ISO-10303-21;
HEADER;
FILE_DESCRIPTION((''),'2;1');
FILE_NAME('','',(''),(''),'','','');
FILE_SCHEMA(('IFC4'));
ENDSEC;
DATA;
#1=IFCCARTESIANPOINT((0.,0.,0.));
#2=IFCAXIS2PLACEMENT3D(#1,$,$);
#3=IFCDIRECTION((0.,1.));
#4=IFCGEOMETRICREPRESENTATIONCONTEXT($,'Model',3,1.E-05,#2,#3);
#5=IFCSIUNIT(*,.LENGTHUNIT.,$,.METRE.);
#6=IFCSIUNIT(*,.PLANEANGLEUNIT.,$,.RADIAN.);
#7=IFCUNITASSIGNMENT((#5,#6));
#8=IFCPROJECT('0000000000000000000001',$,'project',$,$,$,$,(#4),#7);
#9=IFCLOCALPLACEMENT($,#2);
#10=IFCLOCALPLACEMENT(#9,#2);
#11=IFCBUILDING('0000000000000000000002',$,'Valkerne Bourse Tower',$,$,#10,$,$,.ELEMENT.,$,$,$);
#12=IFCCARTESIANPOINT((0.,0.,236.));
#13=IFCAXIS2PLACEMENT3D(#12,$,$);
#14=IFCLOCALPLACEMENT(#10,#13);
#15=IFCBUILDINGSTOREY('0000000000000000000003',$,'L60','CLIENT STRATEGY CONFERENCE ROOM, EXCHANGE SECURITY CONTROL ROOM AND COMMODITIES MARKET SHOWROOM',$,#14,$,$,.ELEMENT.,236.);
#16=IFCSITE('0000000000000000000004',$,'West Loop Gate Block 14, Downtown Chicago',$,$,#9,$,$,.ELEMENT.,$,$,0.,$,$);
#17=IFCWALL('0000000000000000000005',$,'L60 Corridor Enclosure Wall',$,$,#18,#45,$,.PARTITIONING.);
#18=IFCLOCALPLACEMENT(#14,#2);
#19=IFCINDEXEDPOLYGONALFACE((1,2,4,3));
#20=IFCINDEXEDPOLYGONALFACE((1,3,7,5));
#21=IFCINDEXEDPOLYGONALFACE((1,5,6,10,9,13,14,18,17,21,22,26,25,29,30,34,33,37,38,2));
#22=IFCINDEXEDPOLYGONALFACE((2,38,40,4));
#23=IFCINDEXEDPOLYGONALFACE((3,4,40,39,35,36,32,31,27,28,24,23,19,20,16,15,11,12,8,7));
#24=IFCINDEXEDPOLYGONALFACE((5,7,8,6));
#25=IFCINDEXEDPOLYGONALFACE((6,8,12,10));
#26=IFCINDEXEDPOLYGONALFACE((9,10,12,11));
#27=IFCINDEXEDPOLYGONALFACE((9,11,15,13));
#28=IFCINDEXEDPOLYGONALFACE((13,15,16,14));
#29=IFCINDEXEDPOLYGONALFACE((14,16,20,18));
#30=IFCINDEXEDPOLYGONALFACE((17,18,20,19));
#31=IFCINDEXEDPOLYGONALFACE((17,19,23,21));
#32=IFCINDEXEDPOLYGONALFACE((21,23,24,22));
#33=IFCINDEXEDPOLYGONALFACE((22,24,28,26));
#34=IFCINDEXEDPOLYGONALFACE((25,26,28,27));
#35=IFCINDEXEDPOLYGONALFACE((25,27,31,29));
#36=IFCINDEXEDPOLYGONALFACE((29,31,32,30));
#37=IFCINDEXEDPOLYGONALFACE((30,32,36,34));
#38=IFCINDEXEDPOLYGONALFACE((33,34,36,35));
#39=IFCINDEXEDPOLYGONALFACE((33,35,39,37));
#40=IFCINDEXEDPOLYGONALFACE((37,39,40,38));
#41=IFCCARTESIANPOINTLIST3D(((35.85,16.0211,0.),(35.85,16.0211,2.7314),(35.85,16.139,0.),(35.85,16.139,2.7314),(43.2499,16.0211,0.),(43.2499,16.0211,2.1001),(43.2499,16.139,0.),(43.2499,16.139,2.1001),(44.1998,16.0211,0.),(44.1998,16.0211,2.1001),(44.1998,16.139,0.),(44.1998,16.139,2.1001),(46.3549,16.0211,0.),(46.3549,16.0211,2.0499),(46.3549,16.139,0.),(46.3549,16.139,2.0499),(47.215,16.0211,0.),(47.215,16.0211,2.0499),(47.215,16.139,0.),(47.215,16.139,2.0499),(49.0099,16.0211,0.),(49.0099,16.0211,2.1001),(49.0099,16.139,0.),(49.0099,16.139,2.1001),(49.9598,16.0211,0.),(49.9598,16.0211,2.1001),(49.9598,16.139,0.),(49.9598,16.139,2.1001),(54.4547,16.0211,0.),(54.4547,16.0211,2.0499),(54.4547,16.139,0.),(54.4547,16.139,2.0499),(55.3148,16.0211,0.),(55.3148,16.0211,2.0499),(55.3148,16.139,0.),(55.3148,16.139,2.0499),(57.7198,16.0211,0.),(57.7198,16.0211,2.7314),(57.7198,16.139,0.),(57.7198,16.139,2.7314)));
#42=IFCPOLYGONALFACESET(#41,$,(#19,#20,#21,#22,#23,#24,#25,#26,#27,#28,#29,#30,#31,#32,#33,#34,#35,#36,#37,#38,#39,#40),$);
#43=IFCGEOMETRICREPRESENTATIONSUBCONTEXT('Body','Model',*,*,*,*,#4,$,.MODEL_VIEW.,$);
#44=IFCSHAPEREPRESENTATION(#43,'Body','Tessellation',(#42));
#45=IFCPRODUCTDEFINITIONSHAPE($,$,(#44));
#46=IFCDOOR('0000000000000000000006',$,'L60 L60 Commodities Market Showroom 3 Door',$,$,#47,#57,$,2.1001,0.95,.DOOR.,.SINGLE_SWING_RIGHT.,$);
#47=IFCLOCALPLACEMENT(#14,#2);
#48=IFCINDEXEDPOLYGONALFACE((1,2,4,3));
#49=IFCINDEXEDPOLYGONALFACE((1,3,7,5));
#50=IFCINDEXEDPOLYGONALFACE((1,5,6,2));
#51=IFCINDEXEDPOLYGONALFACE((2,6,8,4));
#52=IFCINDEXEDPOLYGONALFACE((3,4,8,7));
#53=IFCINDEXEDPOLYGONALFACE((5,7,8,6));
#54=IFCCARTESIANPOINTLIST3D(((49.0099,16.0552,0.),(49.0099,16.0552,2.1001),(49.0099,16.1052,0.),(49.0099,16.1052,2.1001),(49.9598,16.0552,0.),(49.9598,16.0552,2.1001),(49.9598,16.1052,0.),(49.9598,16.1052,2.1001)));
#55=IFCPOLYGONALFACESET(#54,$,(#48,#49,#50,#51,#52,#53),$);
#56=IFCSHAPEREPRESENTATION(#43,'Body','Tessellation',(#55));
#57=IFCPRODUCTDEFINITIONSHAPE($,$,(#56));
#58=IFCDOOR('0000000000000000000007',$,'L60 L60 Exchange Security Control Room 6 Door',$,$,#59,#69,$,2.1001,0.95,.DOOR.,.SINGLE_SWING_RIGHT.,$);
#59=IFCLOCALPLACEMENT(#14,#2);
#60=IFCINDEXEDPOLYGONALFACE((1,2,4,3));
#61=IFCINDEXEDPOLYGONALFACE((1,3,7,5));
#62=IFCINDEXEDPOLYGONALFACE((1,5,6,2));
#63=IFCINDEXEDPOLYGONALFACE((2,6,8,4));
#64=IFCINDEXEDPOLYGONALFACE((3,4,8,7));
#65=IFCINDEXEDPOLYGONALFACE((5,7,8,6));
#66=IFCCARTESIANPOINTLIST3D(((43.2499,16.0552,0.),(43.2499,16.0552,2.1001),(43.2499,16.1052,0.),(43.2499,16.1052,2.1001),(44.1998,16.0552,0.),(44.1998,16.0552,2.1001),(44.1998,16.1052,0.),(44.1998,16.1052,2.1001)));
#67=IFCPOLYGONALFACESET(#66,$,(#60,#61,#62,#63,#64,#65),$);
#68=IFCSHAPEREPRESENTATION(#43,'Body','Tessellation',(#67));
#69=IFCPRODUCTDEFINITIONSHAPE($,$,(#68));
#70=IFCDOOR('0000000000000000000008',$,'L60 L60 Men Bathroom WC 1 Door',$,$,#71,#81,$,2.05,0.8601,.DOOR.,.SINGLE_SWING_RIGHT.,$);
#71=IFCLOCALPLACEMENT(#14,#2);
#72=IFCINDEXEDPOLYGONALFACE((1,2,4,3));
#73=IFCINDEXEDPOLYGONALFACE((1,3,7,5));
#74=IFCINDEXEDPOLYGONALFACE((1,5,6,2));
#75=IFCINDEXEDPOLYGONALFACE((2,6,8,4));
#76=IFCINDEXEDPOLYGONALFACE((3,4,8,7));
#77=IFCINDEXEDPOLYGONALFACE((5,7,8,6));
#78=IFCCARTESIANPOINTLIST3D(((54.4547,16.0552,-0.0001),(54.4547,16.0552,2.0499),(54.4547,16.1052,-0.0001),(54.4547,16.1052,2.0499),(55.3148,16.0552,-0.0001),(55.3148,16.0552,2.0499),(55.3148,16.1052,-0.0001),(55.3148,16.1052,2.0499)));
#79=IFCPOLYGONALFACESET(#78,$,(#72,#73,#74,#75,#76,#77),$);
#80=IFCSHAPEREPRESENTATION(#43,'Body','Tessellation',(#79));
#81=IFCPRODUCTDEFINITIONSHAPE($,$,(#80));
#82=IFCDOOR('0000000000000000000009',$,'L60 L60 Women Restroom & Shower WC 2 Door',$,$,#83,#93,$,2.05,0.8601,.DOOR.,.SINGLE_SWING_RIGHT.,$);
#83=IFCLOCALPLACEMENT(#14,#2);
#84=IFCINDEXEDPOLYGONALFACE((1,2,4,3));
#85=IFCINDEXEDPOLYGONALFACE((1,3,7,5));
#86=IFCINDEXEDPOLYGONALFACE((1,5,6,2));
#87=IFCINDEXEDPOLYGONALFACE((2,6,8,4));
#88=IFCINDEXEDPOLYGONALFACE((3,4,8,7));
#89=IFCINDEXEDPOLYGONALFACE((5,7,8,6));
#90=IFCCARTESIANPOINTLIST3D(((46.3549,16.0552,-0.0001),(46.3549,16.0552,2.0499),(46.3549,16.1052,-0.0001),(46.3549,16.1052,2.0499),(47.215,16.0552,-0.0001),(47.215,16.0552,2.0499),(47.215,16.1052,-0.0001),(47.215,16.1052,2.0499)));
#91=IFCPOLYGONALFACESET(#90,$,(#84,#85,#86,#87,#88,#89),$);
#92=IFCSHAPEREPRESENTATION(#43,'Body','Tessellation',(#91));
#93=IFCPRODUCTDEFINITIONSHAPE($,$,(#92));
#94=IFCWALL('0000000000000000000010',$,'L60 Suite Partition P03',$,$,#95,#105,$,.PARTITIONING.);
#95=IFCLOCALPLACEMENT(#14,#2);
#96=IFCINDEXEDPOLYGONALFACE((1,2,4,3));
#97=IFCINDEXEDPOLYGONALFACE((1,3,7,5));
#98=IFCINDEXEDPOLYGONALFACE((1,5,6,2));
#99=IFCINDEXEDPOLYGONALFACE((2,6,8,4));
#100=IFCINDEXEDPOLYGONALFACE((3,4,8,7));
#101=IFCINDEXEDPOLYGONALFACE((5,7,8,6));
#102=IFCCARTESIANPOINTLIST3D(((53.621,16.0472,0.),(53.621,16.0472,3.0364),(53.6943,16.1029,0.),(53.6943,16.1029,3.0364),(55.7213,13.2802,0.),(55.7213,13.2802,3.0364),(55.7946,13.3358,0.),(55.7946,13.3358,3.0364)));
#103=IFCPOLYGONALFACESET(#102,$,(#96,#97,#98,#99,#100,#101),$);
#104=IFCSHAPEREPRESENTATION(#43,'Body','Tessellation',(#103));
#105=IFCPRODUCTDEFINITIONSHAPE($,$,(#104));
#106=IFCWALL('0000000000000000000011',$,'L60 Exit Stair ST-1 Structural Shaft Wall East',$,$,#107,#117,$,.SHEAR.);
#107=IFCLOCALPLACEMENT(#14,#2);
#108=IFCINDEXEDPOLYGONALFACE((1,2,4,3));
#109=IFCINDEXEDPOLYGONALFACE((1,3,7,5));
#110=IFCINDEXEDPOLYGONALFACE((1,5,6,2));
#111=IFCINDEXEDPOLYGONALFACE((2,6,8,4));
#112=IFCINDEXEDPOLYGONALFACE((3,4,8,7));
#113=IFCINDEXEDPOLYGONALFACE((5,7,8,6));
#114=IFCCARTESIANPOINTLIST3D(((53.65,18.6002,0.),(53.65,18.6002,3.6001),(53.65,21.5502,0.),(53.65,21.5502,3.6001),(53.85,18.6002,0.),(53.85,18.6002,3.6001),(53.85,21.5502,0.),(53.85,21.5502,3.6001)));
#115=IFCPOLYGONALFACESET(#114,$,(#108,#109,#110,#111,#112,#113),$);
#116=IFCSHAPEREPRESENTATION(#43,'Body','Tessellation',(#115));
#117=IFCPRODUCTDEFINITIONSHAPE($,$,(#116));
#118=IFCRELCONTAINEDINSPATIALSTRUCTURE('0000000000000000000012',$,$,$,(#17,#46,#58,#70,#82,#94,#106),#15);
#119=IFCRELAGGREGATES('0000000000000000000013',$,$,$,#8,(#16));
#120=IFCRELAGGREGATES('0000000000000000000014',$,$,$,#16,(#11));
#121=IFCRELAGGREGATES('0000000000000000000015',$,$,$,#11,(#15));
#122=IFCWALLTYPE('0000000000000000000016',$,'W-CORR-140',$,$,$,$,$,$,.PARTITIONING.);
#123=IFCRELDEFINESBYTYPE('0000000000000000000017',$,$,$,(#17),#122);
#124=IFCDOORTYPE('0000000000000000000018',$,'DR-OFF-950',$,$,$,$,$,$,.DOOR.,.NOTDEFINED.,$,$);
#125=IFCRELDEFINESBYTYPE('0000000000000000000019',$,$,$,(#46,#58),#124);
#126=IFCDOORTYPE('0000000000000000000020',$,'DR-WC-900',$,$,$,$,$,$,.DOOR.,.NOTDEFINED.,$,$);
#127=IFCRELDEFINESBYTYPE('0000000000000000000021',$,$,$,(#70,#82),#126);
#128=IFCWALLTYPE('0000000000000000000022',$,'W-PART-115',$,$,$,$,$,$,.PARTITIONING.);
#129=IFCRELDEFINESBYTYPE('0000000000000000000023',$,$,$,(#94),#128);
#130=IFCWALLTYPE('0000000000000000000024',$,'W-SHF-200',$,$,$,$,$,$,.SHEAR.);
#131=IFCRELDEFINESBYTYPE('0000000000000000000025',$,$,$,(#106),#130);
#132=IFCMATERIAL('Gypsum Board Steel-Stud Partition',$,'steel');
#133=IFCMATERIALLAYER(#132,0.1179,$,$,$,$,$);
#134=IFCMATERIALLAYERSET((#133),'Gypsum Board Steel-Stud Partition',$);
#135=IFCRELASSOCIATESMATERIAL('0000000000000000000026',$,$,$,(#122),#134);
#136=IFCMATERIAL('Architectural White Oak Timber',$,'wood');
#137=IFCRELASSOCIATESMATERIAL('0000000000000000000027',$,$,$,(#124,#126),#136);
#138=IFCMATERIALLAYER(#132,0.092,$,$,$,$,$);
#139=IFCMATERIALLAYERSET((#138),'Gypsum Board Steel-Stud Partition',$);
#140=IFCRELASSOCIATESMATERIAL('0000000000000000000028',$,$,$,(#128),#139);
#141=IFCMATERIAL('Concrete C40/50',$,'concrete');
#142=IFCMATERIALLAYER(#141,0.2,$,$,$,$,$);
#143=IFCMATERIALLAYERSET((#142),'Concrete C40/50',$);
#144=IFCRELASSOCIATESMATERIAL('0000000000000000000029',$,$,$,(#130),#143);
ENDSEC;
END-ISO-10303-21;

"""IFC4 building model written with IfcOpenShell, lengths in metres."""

from ifc_helpers import new_model, si_unit, direction, frame, frame_2d, origin, place, context, subcontext, project, spatial, rectangle, extrude, material, layer, layer_set, type_object, element, fill, save


model = new_model("IFC4")

# Units and contexts
model_context = context("Model", 3, precision=1e-05, world=origin(), true_north=direction((0.0, 1.0)))
body_context = subcontext(model_context, "Body", "Model", "MODEL_VIEW")
ifc_project = project(units=[si_unit("LENGTHUNIT", "METRE"), si_unit("PLANEANGLEUNIT", "RADIAN")], contexts=[model_context])

# Site, building, storey
site_placement = place(None, origin())
site = spatial("IfcSite", under=ifc_project, at=site_placement, Name="West Loop Gate Block 14, Downtown Chicago", CompositionType="ELEMENT", RefElevation=0.0)
building_placement = place(site_placement, origin())
building = spatial("IfcBuilding", under=site, at=building_placement, Name="Valkerne Bourse Tower", CompositionType="ELEMENT")
storey_placement = place(building_placement, frame((0.0, 0.0, 236.0)))
storey = spatial("IfcBuildingStorey", under=building, at=storey_placement, Name="L60", Description="CLIENT STRATEGY CONFERENCE ROOM, EXCHANGE SECURITY CONTROL ROOM AND COMMODITIES MARKET SHOWROOM", CompositionType="ELEMENT", Elevation=236.0)

# Wall, openings, doors
ifc_material_1 = material(Name="Gypsum Board Steel-Stud Partition", Category="steel")
ifc_layer_1 = layer(ifc_material_1, 0.1179)
ifc_layer_set_1 = layer_set([ifc_layer_1], Name="Gypsum Board Steel-Stud Partition")
wall_type_1 = type_object("IfcWallType", Name="W-CORR-140", PredefinedType="PARTITIONING", material=ifc_layer_set_1)
wall_1_placement = place(storey_placement, frame((57.72, 16.0801, 0.0), z_axis=(0.0, 0.0, 1.0), x_axis=(-1.0, 0.0, 0.0)))
wall_1 = element("IfcWall", 1, at=wall_1_placement, inside=storey, type_object=wall_type_1, Name="L60 Corridor Enclosure Wall", PredefinedType="PARTITIONING", context=body_context, shape_type="SweptSolid", body=[
    extrude(rectangle(XDim=21.8699, YDim=0.1179, at=frame_2d((10.9351, 0.0))), origin(), (0.0, 0.0, 1.0), 2.7314),
])
opening_1_placement = place(wall_1_placement, frame((2.405, 0.0, 0.0)))
opening_1 = element("IfcOpeningElement", 2, at=opening_1_placement, cuts=wall_1, PredefinedType="OPENING", context=body_context, shape_type="SweptSolid", body=[
    extrude(rectangle(XDim=0.8601, YDim=2.05, at=frame_2d((0.4302, 1.0249))), frame((0.0, 0.0688, 0.0), z_axis=(0.0, -1.0, 0.0), x_axis=(1.0, 0.0, 0.0)), (0.0, 0.0, 1.0), 0.1379),
])
opening_2_placement = place(wall_1_placement, frame((10.5049, 0.0, 0.0)))
opening_2 = element("IfcOpeningElement", 3, at=opening_2_placement, cuts=wall_1, PredefinedType="OPENING", context=body_context, shape_type="SweptSolid", body=[
    extrude(rectangle(XDim=0.8601, YDim=2.05, at=frame_2d((0.4302, 1.0249))), frame((0.0, 0.0688, 0.0), z_axis=(0.0, -1.0, 0.0), x_axis=(1.0, 0.0, 0.0)), (0.0, 0.0, 1.0), 0.1379),
])
opening_3_placement = place(wall_1_placement, frame((7.76, 0.0, 0.0)))
opening_3 = element("IfcOpeningElement", 4, at=opening_3_placement, cuts=wall_1, PredefinedType="OPENING", context=body_context, shape_type="SweptSolid", body=[
    extrude(rectangle(XDim=0.95, YDim=2.1001, at=frame_2d((0.4751, 1.05))), frame((0.0, 0.0688, 0.0), z_axis=(0.0, -1.0, 0.0), x_axis=(1.0, 0.0, 0.0)), (0.0, 0.0, 1.0), 0.1379),
])
opening_4_placement = place(wall_1_placement, frame((13.52, 0.0, 0.0)))
opening_4 = element("IfcOpeningElement", 5, at=opening_4_placement, cuts=wall_1, PredefinedType="OPENING", context=body_context, shape_type="SweptSolid", body=[
    extrude(rectangle(XDim=0.95, YDim=2.1001, at=frame_2d((0.4751, 1.05))), frame((0.0, 0.0688, 0.0), z_axis=(0.0, -1.0, 0.0), x_axis=(1.0, 0.0, 0.0)), (0.0, 0.0, 1.0), 0.1379),
])
ifc_material_2 = material(Name="Architectural White Oak Timber", Category="wood")
door_type_1 = type_object("IfcDoorType", Name="DR-OFF-950", OperationType="NOTDEFINED", PredefinedType="DOOR", material=ifc_material_2)
door_1_placement = place(opening_3_placement, origin())
door_1 = element("IfcDoor", 6, at=door_1_placement, inside=storey, type_object=door_type_1, Name="L60 L60 Commodities Market Showroom 3 Door", OperationType="SINGLE_SWING_RIGHT", OverallHeight=2.1001, OverallWidth=0.95, PredefinedType="DOOR", context=body_context, shape_type="SweptSolid", body=[
    extrude(rectangle(XDim=0.95, YDim=2.1001, at=frame_2d((0.4751, 1.05))), frame((0.0, 0.0249, 0.0), z_axis=(0.0, -1.0, 0.0), x_axis=(1.0, 0.0, 0.0)), (0.0, 0.0, 1.0), 0.05),
])
fill(opening_3, door_1)
door_2_placement = place(opening_4_placement, origin())
door_2 = element("IfcDoor", 7, at=door_2_placement, inside=storey, type_object=door_type_1, Name="L60 L60 Exchange Security Control Room 6 Door", OperationType="SINGLE_SWING_RIGHT", OverallHeight=2.1001, OverallWidth=0.95, PredefinedType="DOOR", context=body_context, shape_type="SweptSolid", body=[
    extrude(rectangle(XDim=0.95, YDim=2.1001, at=frame_2d((0.4751, 1.05))), frame((0.0, 0.0249, 0.0), z_axis=(0.0, -1.0, 0.0), x_axis=(1.0, 0.0, 0.0)), (0.0, 0.0, 1.0), 0.05),
])
fill(opening_4, door_2)
door_type_2 = type_object("IfcDoorType", Name="DR-WC-900", OperationType="NOTDEFINED", PredefinedType="DOOR", material=ifc_material_2)
door_3_placement = place(opening_1_placement, origin())
door_3 = element("IfcDoor", 8, at=door_3_placement, inside=storey, type_object=door_type_2, Name="L60 L60 Men Bathroom WC 1 Door", OperationType="SINGLE_SWING_RIGHT", OverallHeight=2.05, OverallWidth=0.8601, PredefinedType="DOOR", context=body_context, shape_type="SweptSolid", body=[
    extrude(rectangle(XDim=0.8601, YDim=2.05, at=frame_2d((0.4302, 1.0249))), frame((0.0, 0.0249, 0.0), z_axis=(0.0, -1.0, 0.0), x_axis=(1.0, 0.0, 0.0)), (0.0, 0.0, 1.0), 0.05),
])
fill(opening_1, door_3)
door_4_placement = place(opening_2_placement, origin())
door_4 = element("IfcDoor", 9, at=door_4_placement, inside=storey, type_object=door_type_2, Name="L60 L60 Women Restroom & Shower WC 2 Door", OperationType="SINGLE_SWING_RIGHT", OverallHeight=2.05, OverallWidth=0.8601, PredefinedType="DOOR", context=body_context, shape_type="SweptSolid", body=[
    extrude(rectangle(XDim=0.8601, YDim=2.05, at=frame_2d((0.4302, 1.0249))), frame((0.0, 0.0249, 0.0), z_axis=(0.0, -1.0, 0.0), x_axis=(1.0, 0.0, 0.0)), (0.0, 0.0, 1.0), 0.05),
])
fill(opening_2, door_4)

# Walls
ifc_layer_2 = layer(ifc_material_1, 0.092)
ifc_layer_set_2 = layer_set([ifc_layer_2], Name="Gypsum Board Steel-Stud Partition")
wall_type_2 = type_object("IfcWallType", Name="W-PART-115", PredefinedType="PARTITIONING", material=ifc_layer_set_2)
wall_2_placement = place(storey_placement, frame((53.6577, 16.075, 0.0), z_axis=(0.0, 0.0, 1.0), x_axis=(0.6046, -0.796529, 0.0)))
element("IfcWall", 10, at=wall_2_placement, inside=storey, type_object=wall_type_2, Name="L60 Suite Partition P03", PredefinedType="PARTITIONING", context=body_context, shape_type="SweptSolid", body=[
    extrude(rectangle(XDim=3.4739, YDim=0.092, at=frame_2d((1.7368, 0.0))), origin(), (0.0, 0.0, 1.0), 3.0364),
])
ifc_material_3 = material(Name="Concrete C40/50", Category="concrete")
ifc_layer_3 = layer(ifc_material_3, 0.2)
ifc_layer_set_3 = layer_set([ifc_layer_3], Name="Concrete C40/50")
wall_type_3 = type_object("IfcWallType", Name="W-SHF-200", PredefinedType="SHEAR", material=ifc_layer_set_3)
wall_3_placement = place(storey_placement, frame((53.75, 18.6001, 0.0), z_axis=(0.0, 0.0, 1.0), x_axis=(0.0, 1.0, 0.0)))
element("IfcWall", 11, at=wall_3_placement, inside=storey, type_object=wall_type_3, Name="L60 Exit Stair ST-1 Structural Shaft Wall East", PredefinedType="SHEAR", context=body_context, shape_type="SweptSolid", body=[
    extrude(rectangle(XDim=2.95, YDim=0.2, at=frame_2d((1.4751, 0.0))), origin(), (0.0, 0.0, 1.0), 3.6001),
])

save(model, "model.ifc")
